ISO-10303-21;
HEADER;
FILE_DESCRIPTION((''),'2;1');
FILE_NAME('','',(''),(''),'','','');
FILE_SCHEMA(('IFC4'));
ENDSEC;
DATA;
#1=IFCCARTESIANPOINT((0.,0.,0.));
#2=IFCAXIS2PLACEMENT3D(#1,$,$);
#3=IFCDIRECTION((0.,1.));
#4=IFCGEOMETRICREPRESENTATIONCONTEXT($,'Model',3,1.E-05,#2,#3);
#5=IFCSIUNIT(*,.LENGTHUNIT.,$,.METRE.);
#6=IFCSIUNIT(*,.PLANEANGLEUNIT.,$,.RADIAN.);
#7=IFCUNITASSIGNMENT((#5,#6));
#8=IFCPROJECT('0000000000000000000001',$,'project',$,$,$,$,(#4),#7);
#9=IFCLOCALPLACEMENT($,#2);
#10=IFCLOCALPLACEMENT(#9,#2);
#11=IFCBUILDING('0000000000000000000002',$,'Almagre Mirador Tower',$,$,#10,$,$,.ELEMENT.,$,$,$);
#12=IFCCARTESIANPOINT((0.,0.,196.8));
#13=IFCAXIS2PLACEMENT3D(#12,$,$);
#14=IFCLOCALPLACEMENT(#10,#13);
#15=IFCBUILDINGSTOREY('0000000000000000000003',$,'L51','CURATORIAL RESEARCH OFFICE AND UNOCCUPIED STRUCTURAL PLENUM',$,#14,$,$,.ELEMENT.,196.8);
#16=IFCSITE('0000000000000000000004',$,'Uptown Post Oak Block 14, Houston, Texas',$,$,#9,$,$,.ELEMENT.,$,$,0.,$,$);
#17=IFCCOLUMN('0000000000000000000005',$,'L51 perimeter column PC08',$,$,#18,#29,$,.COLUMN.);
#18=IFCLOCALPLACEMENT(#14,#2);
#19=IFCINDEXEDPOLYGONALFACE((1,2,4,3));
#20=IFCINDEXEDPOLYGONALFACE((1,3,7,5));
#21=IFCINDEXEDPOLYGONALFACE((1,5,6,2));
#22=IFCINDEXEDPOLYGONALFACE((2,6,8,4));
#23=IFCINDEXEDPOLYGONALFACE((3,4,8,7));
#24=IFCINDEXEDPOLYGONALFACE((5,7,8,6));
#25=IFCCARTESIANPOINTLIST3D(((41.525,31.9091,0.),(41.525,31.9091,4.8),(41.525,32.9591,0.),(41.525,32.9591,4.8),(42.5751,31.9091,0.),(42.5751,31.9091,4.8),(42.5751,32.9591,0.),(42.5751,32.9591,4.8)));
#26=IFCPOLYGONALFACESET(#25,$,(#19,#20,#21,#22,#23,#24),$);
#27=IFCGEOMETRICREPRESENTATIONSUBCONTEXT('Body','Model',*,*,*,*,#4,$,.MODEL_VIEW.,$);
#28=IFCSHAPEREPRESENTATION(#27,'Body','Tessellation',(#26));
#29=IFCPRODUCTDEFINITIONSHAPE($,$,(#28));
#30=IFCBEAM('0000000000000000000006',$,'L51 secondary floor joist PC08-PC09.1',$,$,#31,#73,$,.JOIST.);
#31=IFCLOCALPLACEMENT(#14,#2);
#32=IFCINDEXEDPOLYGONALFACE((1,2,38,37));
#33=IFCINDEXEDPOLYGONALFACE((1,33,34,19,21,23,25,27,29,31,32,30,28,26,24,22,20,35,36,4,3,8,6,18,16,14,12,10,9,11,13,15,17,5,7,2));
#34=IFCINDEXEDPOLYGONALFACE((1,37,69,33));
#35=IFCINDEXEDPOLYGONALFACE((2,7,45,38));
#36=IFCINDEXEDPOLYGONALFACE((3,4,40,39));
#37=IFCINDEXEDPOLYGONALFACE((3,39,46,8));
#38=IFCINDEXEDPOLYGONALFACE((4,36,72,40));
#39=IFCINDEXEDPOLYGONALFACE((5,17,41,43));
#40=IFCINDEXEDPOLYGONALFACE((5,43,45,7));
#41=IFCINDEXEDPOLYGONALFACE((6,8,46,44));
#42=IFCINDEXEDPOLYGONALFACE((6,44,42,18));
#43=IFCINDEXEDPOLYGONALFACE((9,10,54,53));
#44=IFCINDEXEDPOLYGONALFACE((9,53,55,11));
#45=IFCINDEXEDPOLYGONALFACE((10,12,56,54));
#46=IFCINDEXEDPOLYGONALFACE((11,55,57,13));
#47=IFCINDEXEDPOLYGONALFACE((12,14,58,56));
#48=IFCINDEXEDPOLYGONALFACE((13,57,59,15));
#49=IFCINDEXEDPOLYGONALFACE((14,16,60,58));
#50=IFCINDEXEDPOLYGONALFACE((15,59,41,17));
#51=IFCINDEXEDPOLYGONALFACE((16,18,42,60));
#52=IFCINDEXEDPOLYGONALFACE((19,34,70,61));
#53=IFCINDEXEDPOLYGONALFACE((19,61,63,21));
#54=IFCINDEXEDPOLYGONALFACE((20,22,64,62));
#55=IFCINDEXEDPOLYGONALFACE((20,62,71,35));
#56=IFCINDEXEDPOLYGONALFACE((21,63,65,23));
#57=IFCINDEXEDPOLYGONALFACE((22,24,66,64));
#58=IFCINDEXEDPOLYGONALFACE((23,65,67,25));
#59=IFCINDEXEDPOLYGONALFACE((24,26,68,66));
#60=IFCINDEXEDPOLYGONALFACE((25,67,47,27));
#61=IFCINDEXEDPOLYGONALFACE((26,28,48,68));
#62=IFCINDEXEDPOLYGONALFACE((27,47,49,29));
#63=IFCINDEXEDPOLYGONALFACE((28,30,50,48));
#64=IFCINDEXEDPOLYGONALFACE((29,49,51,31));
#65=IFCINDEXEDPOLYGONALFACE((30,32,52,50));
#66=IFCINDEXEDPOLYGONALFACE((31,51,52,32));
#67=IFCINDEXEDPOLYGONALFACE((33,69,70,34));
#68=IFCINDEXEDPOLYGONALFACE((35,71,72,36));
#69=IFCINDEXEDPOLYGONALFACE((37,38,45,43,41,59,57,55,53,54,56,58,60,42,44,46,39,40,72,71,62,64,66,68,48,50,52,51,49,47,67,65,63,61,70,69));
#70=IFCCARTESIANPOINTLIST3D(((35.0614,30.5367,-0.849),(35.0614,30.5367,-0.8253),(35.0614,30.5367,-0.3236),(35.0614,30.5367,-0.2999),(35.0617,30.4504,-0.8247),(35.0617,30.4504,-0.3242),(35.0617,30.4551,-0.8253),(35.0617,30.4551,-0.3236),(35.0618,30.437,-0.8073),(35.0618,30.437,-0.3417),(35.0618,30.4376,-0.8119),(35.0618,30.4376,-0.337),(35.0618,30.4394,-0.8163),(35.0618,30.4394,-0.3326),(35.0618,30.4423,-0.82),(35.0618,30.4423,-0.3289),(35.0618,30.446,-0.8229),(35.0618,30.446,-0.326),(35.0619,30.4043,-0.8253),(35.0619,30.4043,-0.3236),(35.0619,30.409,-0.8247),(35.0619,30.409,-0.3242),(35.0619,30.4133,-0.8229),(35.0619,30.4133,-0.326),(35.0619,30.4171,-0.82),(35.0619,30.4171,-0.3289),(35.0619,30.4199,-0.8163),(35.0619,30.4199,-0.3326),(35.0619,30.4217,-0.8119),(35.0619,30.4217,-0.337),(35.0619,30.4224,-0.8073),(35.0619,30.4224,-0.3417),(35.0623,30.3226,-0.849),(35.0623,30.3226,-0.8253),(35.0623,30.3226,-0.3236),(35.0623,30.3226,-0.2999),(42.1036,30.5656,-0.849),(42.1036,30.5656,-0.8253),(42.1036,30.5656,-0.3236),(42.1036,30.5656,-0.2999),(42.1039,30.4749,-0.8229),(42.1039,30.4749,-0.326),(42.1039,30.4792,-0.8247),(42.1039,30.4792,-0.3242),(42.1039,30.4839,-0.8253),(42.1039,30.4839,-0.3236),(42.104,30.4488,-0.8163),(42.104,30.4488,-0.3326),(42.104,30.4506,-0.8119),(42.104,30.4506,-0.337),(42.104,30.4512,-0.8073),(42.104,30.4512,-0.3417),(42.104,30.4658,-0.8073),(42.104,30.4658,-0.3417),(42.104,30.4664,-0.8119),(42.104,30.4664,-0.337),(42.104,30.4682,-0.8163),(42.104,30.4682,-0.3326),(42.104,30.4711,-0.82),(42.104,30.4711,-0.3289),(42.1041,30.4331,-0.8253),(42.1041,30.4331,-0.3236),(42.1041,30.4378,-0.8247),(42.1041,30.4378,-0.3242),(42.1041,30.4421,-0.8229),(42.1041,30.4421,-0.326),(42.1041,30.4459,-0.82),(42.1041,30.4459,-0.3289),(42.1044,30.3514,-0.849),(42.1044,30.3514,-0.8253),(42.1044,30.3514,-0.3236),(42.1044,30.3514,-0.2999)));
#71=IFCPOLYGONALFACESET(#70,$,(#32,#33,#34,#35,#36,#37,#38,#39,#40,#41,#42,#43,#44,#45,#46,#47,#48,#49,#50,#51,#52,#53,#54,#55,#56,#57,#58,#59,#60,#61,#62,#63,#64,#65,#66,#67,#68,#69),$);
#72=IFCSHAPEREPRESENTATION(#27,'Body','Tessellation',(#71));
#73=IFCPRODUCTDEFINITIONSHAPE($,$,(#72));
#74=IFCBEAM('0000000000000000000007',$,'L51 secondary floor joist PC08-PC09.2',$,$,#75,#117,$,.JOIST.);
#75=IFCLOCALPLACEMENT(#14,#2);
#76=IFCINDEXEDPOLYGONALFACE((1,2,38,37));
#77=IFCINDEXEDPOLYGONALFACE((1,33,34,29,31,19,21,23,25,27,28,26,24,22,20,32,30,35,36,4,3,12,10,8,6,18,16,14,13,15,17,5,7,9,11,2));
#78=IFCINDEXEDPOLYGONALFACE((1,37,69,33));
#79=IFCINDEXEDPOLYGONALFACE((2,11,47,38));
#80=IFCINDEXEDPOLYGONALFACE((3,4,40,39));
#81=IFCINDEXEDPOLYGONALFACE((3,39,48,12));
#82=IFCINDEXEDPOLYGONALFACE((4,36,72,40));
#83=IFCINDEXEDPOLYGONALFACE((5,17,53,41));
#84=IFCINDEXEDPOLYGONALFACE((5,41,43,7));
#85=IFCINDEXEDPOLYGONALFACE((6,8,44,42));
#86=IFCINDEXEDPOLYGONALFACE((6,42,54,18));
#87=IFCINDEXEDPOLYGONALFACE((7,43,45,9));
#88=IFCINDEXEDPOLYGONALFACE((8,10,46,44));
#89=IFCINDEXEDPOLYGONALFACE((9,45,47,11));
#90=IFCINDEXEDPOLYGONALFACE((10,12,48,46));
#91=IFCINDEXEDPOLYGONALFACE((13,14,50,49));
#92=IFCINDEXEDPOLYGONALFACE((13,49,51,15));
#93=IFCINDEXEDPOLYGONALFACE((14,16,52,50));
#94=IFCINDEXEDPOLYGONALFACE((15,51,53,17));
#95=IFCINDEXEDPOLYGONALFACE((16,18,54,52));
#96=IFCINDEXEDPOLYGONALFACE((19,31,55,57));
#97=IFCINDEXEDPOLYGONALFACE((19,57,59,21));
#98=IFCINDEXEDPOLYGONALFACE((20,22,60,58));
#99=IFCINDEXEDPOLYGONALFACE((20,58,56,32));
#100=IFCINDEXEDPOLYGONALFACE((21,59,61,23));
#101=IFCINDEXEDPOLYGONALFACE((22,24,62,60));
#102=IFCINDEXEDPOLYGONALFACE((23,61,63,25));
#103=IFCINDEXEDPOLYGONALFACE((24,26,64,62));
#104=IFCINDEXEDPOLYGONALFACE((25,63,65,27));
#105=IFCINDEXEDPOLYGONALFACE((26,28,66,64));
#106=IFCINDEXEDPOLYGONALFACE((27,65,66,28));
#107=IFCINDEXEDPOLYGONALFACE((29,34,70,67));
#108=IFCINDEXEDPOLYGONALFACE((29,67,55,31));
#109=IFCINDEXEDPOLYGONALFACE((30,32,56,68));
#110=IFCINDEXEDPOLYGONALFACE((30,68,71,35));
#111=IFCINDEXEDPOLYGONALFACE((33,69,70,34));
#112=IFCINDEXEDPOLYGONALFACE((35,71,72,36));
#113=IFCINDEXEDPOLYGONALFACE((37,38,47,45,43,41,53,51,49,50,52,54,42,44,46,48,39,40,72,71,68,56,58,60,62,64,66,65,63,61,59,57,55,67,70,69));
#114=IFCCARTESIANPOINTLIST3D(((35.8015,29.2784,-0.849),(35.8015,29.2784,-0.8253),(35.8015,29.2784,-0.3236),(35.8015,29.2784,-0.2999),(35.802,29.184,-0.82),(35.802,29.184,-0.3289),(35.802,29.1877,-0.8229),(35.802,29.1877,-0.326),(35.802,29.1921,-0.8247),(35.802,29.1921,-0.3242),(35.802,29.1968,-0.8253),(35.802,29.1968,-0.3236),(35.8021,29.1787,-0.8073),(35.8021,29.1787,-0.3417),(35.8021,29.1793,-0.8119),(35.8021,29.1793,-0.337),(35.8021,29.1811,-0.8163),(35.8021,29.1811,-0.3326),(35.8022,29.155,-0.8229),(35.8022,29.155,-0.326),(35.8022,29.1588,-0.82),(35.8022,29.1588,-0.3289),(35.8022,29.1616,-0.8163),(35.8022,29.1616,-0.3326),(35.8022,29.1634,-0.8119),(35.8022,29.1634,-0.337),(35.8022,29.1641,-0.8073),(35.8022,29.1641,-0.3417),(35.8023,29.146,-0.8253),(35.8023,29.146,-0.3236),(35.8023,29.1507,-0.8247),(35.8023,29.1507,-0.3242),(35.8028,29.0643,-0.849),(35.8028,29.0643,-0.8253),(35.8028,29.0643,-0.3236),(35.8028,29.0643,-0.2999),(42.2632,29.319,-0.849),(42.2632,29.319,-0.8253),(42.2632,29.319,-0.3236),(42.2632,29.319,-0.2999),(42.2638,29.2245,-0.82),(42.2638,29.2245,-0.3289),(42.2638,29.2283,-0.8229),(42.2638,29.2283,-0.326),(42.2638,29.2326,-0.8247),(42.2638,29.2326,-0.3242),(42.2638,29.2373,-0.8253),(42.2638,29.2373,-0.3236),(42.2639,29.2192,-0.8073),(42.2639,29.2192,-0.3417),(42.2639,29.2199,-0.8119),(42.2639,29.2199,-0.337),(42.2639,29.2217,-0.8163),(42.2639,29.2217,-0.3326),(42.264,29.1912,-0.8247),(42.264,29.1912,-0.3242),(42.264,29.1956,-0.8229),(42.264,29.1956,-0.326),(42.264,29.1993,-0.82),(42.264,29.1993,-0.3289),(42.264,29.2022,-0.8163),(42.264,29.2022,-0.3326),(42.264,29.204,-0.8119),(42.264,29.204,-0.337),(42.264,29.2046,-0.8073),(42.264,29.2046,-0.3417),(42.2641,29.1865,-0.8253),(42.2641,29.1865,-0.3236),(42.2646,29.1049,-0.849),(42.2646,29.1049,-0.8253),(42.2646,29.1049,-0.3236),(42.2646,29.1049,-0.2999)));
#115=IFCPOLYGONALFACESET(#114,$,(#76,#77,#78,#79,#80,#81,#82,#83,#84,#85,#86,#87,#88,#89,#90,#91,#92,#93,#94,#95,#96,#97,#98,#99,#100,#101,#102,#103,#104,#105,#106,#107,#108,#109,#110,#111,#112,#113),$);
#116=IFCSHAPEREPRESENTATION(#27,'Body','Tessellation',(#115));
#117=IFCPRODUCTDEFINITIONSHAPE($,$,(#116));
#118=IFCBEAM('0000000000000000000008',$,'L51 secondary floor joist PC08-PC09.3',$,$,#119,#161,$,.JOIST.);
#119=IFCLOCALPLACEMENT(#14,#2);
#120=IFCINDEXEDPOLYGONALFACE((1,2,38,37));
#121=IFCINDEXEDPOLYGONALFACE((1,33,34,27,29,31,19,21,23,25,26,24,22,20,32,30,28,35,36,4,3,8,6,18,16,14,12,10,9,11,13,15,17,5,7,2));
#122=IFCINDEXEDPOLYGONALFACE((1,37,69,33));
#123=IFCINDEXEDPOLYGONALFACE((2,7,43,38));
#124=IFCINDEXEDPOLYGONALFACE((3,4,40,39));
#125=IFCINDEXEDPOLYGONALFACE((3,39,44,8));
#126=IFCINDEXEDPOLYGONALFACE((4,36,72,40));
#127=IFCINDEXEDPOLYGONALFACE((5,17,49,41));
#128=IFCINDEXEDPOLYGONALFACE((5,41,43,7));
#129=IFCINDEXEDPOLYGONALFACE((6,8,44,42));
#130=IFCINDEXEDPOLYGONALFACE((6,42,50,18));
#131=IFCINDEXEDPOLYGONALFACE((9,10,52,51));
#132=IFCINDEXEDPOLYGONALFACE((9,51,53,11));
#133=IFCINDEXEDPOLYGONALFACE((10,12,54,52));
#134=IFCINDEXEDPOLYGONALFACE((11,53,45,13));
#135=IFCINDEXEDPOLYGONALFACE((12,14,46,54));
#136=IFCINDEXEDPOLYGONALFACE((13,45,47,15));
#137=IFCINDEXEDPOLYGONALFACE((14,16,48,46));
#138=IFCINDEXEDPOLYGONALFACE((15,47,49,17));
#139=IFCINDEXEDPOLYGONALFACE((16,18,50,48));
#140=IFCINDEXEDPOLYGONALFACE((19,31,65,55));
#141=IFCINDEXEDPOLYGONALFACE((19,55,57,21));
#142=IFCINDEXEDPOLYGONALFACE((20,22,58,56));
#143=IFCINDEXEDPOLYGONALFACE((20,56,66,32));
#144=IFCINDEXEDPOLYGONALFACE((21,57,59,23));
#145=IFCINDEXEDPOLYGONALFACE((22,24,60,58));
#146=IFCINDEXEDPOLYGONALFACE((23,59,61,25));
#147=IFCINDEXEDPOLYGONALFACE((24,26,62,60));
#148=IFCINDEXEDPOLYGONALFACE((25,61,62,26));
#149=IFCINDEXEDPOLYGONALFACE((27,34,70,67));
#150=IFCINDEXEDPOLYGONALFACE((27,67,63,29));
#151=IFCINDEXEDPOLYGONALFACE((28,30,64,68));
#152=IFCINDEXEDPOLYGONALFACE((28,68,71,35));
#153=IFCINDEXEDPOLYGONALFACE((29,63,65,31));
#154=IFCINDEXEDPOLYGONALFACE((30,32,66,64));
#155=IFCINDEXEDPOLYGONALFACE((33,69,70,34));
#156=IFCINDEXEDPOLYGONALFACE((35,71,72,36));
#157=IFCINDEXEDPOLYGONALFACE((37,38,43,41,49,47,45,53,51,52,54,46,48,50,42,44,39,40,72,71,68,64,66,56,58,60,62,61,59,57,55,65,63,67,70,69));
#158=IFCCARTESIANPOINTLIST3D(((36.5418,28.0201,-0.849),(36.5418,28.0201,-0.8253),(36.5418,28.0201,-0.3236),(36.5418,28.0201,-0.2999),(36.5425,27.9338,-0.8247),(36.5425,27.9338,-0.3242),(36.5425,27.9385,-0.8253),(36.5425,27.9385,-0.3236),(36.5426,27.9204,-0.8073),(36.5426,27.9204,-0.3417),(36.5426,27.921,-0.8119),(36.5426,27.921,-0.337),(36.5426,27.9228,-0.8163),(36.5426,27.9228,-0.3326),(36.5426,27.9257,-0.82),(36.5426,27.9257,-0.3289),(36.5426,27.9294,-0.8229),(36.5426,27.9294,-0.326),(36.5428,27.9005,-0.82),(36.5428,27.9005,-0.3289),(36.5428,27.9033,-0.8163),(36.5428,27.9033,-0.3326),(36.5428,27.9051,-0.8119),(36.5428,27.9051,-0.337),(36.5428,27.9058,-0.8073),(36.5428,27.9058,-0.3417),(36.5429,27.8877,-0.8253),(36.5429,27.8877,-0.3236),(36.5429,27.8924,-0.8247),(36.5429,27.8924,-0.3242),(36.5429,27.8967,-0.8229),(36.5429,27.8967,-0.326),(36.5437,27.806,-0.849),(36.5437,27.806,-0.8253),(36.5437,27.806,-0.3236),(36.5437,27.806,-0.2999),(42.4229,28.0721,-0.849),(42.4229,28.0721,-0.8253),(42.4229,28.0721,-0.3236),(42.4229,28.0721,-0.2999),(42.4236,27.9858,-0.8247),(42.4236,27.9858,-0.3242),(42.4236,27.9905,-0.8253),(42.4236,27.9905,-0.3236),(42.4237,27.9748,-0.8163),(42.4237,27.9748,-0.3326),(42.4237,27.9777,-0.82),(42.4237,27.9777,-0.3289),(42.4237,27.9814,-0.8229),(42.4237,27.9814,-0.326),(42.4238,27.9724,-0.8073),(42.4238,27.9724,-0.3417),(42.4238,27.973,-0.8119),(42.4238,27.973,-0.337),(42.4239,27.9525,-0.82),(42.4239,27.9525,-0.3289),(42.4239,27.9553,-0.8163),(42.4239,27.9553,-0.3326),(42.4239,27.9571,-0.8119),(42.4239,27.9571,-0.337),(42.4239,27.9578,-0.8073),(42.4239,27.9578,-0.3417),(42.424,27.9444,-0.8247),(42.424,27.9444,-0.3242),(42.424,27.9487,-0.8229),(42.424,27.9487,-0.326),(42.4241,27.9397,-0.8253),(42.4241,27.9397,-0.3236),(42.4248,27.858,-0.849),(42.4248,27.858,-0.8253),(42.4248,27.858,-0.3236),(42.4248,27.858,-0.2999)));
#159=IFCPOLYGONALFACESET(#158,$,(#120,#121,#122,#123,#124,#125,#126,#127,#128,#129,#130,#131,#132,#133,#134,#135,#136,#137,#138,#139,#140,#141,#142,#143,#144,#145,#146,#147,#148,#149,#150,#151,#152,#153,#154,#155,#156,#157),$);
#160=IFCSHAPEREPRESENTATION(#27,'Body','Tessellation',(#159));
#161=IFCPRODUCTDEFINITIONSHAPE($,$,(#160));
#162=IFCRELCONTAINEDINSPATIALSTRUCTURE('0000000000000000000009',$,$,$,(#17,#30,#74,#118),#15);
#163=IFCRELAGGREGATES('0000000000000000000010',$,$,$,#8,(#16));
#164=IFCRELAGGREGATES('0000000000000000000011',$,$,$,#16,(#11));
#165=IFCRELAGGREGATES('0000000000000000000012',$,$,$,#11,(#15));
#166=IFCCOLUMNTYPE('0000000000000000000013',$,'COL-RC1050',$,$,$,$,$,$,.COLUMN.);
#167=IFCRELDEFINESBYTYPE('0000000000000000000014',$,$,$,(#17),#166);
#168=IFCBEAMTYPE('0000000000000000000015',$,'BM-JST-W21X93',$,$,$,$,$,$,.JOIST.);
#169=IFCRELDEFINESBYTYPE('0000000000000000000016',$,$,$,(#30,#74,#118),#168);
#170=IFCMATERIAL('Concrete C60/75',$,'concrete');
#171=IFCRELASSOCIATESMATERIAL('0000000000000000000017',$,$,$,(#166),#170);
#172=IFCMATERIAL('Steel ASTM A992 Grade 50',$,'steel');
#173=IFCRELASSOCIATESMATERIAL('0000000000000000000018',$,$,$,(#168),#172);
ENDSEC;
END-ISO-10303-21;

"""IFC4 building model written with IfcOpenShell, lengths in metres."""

from ifc_helpers import new_model, si_unit, direction, frame, origin, origin_2d, place, context, subcontext, project, spatial, rectangle, i_section, extrude, material, material_profile, profile_set, type_object, element, save


model = new_model("IFC4")

# Units and contexts
model_context = context("Model", 3, precision=1e-05, world=origin(), true_north=direction((0.0, 1.0)))
body_context = subcontext(model_context, "Body", "Model", "MODEL_VIEW")
ifc_project = project(units=[si_unit("LENGTHUNIT", "METRE"), si_unit("PLANEANGLEUNIT", "RADIAN")], contexts=[model_context])

# Site, building, storey
site_placement = place(None, origin())
site = spatial("IfcSite", under=ifc_project, at=site_placement, Name="Uptown Post Oak Block 14, Houston, Texas", CompositionType="ELEMENT", RefElevation=0.0)
building_placement = place(site_placement, origin())
building = spatial("IfcBuilding", under=site, at=building_placement, Name="Almagre Mirador Tower", CompositionType="ELEMENT")
storey_placement = place(building_placement, frame((0.0, 0.0, 196.8)))
storey = spatial("IfcBuildingStorey", under=building, at=storey_placement, Name="L51", Description="CURATORIAL RESEARCH OFFICE AND UNOCCUPIED STRUCTURAL PLENUM", CompositionType="ELEMENT", Elevation=196.8)

# Column
ifc_material_1 = material(Name="Concrete C60/75", Category="concrete")
ifc_material_profile_1 = material_profile(ifc_material_1, rectangle(XDim=1.05, YDim=1.05, at=origin_2d()), Name="RC1050X1050")
ifc_profile_set_1 = profile_set([ifc_material_profile_1], Name="Concrete C60/75")
column_type = type_object("IfcColumnType", Name="COL-RC1050", PredefinedType="COLUMN", material=ifc_profile_set_1)
column_placement = place(storey_placement, frame((42.05, 32.4341, 0.0), z_axis=(0.0, 0.0, 1.0), x_axis=(1.0, 0.0, 0.0)))
element("IfcColumn", 1, at=column_placement, inside=storey, type_object=column_type, Name="L51 perimeter column PC08", PredefinedType="COLUMN", context=body_context, shape_type="SweptSolid", body=[
    extrude(rectangle(XDim=1.05, YDim=1.05, at=origin_2d()), origin(), (0.0, 0.0, 1.0), 4.8),
])

# Beams
ifc_material_2 = material(Name="Steel ASTM A992 Grade 50", Category="steel")
ifc_material_profile_2 = material_profile(ifc_material_2, i_section(OverallWidth=0.2141, OverallDepth=0.5491, WebThickness=0.0146, FlangeThickness=0.0237, FilletRadius=0.0181, at=origin_2d()), Name="W21X93")
ifc_profile_set_2 = profile_set([ifc_material_profile_2], Name="Steel ASTM A992 Grade 50")
beam_type_1 = type_object("IfcBeamType", Name="BM-JST-W21X93", PredefinedType="JOIST", material=ifc_profile_set_2)
beam_1_placement = place(storey_placement, frame((42.104, 30.4585, -0.5745), z_axis=(-0.999992, -0.004091, 0.0), x_axis=(0.004091, -0.999992, 0.0)))
element("IfcBeam", 2, at=beam_1_placement, inside=storey, type_object=beam_type_1, Name="L51 secondary floor joist PC08-PC09.1", PredefinedType="JOIST", context=body_context, shape_type="SweptSolid", body=[
    extrude(i_section(OverallWidth=0.2141, OverallDepth=0.5491, WebThickness=0.0146, FlangeThickness=0.0237, FilletRadius=0.0181, at=origin_2d()), origin(), (0.0, 0.0, 1.0), 7.0422),
])
beam_2_placement = place(storey_placement, frame((42.2639, 29.2119, -0.5745), z_axis=(-0.99998, -0.006272, 0.0), x_axis=(0.006272, -0.99998, 0.0)))
element("IfcBeam", 3, at=beam_2_placement, inside=storey, type_object=beam_type_1, Name="L51 secondary floor joist PC08-PC09.2", PredefinedType="JOIST", context=body_context, shape_type="SweptSolid", body=[
    extrude(i_section(OverallWidth=0.2141, OverallDepth=0.5491, WebThickness=0.0146, FlangeThickness=0.0237, FilletRadius=0.0181, at=origin_2d()), origin(), (0.0, 0.0, 1.0), 6.4619),
])
beam_3_placement = place(storey_placement, frame((42.4238, 27.9651, -0.5745), z_axis=(-0.999961, -0.008842, 0.0), x_axis=(0.008842, -0.999961, 0.0)))
element("IfcBeam", 4, at=beam_3_placement, inside=storey, type_object=beam_type_1, Name="L51 secondary floor joist PC08-PC09.3", PredefinedType="JOIST", context=body_context, shape_type="SweptSolid", body=[
    extrude(i_section(OverallWidth=0.2141, OverallDepth=0.5491, WebThickness=0.0146, FlangeThickness=0.0237, FilletRadius=0.0181, at=origin_2d()), origin(), (0.0, 0.0, 1.0), 5.8813),
])

save(model, "model.ifc")
